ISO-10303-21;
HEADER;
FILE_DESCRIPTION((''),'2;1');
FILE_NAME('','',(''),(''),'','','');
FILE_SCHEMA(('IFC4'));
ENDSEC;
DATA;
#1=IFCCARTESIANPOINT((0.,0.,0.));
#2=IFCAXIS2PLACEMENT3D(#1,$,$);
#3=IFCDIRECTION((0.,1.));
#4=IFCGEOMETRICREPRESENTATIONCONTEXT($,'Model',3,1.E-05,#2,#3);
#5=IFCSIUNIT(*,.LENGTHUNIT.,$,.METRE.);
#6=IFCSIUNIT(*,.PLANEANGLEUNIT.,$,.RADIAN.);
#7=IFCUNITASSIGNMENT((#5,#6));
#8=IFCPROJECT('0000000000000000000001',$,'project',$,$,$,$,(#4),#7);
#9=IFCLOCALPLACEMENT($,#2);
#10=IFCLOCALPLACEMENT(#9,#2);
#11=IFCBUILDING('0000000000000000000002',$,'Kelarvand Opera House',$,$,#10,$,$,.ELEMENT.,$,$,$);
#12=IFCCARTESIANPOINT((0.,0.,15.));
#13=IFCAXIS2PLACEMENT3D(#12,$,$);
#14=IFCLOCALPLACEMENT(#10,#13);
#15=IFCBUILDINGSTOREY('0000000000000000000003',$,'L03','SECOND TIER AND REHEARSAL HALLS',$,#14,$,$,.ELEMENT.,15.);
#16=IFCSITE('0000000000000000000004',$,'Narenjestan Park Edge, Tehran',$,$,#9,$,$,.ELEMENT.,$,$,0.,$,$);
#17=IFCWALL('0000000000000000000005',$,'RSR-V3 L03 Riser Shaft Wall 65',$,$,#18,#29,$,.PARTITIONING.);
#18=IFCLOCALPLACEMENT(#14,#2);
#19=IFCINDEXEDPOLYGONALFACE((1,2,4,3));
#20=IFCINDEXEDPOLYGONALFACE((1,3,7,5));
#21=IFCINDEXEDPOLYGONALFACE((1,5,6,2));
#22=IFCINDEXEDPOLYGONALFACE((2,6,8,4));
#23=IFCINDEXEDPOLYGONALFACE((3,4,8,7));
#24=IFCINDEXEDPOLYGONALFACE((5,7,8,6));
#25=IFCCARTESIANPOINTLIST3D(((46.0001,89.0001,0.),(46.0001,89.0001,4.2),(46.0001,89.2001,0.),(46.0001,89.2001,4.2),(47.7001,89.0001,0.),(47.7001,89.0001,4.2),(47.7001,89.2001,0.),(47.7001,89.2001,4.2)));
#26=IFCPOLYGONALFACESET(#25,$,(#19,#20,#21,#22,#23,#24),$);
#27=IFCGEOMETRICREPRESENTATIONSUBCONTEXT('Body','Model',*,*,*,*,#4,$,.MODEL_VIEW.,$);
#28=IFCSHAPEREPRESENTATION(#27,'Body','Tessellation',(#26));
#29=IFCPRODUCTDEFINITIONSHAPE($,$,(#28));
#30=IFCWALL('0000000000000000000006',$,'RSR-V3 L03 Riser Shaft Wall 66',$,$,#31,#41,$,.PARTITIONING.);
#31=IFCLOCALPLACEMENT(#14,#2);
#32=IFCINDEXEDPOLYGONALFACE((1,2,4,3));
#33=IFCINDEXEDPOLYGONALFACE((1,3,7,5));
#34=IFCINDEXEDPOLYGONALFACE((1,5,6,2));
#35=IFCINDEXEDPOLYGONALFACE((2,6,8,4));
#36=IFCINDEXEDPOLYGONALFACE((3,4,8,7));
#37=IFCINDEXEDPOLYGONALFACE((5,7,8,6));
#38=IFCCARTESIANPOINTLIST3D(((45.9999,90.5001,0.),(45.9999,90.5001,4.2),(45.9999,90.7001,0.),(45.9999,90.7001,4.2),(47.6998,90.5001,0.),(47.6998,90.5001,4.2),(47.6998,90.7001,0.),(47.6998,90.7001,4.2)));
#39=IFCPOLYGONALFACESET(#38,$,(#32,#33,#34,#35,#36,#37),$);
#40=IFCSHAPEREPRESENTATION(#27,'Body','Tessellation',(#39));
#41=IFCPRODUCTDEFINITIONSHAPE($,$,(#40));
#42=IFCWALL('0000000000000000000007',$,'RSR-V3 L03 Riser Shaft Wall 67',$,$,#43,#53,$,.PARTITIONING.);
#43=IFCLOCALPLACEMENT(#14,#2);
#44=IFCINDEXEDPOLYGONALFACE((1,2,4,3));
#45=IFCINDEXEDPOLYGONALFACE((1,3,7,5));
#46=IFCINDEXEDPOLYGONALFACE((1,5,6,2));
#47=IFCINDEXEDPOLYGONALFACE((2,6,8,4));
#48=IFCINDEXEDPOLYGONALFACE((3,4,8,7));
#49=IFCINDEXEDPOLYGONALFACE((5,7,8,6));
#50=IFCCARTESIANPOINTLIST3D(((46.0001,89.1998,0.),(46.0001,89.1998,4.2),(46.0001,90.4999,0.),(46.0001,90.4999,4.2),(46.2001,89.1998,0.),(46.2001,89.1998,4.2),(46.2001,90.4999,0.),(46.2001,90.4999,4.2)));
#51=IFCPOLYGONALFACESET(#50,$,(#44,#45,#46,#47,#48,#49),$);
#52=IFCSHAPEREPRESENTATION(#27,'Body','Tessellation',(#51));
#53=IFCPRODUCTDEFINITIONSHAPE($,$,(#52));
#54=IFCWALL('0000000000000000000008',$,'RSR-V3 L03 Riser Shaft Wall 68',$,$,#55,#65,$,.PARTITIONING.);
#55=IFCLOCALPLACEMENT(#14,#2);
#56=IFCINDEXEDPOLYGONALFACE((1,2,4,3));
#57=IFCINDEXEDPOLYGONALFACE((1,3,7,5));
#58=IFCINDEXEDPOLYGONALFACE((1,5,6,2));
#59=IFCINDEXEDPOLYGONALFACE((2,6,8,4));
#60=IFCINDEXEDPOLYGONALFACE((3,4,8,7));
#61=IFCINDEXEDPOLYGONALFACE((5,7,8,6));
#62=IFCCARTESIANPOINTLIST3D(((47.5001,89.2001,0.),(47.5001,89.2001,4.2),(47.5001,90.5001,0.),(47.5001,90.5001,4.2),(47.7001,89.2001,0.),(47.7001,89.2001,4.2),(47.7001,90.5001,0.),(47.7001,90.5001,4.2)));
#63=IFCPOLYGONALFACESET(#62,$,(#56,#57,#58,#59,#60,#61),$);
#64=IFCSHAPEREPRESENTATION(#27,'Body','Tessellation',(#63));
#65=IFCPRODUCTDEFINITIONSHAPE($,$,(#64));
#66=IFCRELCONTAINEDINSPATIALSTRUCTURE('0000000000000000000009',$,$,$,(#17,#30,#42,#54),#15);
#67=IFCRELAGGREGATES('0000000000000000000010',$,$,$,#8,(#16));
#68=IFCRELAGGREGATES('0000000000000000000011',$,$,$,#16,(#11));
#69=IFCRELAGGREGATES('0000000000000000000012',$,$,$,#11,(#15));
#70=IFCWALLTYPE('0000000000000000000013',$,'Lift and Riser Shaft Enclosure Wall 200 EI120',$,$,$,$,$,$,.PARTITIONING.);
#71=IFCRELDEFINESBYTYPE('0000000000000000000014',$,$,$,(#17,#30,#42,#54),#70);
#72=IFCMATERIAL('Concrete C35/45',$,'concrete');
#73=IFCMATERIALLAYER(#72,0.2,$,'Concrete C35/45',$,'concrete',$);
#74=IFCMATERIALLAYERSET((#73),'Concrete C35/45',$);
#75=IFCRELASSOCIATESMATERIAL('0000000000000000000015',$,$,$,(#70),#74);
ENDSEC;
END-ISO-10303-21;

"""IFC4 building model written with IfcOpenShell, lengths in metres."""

from ifc_helpers import new_model, si_unit, direction, frame, frame_2d, origin, place, context, subcontext, project, spatial, rectangle, extrude, material, layer, layer_set, type_object, element, save


model = new_model("IFC4")

# Units and contexts
model_context = context("Model", 3, precision=1e-05, world=origin(), true_north=direction((0.0, 1.0)))
body_context = subcontext(model_context, "Body", "Model", "MODEL_VIEW")
ifc_project = project(units=[si_unit("LENGTHUNIT", "METRE"), si_unit("PLANEANGLEUNIT", "RADIAN")], contexts=[model_context])

# Site, building, storey
site_placement = place(None, origin())
site = spatial("IfcSite", under=ifc_project, at=site_placement, Name="Narenjestan Park Edge, Tehran", CompositionType="ELEMENT", RefElevation=0.0)
building_placement = place(site_placement, origin())
building = spatial("IfcBuilding", under=site, at=building_placement, Name="Kelarvand Opera House", CompositionType="ELEMENT")
storey_placement = place(building_placement, frame((0.0, 0.0, 15.0)))
storey = spatial("IfcBuildingStorey", under=building, at=storey_placement, Name="L03", Description="SECOND TIER AND REHEARSAL HALLS", CompositionType="ELEMENT", Elevation=15.0)

# Walls
ifc_material_1 = material(Name="Concrete C35/45", Category="concrete")
ifc_layer_1 = layer(ifc_material_1, 0.2, Name="Concrete C35/45", Category="concrete")
ifc_layer_set_1 = layer_set([ifc_layer_1], Name="Concrete C35/45")
wall_type = type_object("IfcWallType", Name="Lift and Riser Shaft Enclosure Wall 200 EI120", PredefinedType="PARTITIONING", material=ifc_layer_set_1)
for number, where, z_axis, x_axis, name in (
    (1, (46.0, 89.1001, 0.0), (0.0, 0.0, 1.0), (1.0, 0.0, 0.0), "RSR-V3 L03 Riser Shaft Wall 65"),
    (2, (47.7, 90.6001, 0.0), (0.0, 0.0, 1.0), (-1.0, 0.0, 0.0), "RSR-V3 L03 Riser Shaft Wall 66"),
):
    element("IfcWall", number, at=place(storey_placement, frame(where, z_axis=z_axis, x_axis=x_axis)), inside=storey, type_object=wall_type, Name=name, PredefinedType="PARTITIONING", context=body_context, shape_type="SweptSolid", body=[
        extrude(rectangle(XDim=1.7, YDim=0.2, at=frame_2d((0.8501, 0.0))), origin(), (0.0, 0.0, 1.0), 4.2),
    ])
for number, where, z_axis, x_axis, name in (
    (3, (46.1001, 89.2, 0.0), (0.0, 0.0, 1.0), (0.0, 1.0, 0.0), "RSR-V3 L03 Riser Shaft Wall 67"),
    (4, (47.6001, 90.5, 0.0), (0.0, 0.0, 1.0), (0.0, -1.0, 0.0), "RSR-V3 L03 Riser Shaft Wall 68"),
):
    element("IfcWall", number, at=place(storey_placement, frame(where, z_axis=z_axis, x_axis=x_axis)), inside=storey, type_object=wall_type, Name=name, PredefinedType="PARTITIONING", context=body_context, shape_type="SweptSolid", body=[
        extrude(rectangle(XDim=1.3, YDim=0.2, at=frame_2d((0.6499, 0.0))), origin(), (0.0, 0.0, 1.0), 4.2),
    ])

save(model, "model.ifc")
